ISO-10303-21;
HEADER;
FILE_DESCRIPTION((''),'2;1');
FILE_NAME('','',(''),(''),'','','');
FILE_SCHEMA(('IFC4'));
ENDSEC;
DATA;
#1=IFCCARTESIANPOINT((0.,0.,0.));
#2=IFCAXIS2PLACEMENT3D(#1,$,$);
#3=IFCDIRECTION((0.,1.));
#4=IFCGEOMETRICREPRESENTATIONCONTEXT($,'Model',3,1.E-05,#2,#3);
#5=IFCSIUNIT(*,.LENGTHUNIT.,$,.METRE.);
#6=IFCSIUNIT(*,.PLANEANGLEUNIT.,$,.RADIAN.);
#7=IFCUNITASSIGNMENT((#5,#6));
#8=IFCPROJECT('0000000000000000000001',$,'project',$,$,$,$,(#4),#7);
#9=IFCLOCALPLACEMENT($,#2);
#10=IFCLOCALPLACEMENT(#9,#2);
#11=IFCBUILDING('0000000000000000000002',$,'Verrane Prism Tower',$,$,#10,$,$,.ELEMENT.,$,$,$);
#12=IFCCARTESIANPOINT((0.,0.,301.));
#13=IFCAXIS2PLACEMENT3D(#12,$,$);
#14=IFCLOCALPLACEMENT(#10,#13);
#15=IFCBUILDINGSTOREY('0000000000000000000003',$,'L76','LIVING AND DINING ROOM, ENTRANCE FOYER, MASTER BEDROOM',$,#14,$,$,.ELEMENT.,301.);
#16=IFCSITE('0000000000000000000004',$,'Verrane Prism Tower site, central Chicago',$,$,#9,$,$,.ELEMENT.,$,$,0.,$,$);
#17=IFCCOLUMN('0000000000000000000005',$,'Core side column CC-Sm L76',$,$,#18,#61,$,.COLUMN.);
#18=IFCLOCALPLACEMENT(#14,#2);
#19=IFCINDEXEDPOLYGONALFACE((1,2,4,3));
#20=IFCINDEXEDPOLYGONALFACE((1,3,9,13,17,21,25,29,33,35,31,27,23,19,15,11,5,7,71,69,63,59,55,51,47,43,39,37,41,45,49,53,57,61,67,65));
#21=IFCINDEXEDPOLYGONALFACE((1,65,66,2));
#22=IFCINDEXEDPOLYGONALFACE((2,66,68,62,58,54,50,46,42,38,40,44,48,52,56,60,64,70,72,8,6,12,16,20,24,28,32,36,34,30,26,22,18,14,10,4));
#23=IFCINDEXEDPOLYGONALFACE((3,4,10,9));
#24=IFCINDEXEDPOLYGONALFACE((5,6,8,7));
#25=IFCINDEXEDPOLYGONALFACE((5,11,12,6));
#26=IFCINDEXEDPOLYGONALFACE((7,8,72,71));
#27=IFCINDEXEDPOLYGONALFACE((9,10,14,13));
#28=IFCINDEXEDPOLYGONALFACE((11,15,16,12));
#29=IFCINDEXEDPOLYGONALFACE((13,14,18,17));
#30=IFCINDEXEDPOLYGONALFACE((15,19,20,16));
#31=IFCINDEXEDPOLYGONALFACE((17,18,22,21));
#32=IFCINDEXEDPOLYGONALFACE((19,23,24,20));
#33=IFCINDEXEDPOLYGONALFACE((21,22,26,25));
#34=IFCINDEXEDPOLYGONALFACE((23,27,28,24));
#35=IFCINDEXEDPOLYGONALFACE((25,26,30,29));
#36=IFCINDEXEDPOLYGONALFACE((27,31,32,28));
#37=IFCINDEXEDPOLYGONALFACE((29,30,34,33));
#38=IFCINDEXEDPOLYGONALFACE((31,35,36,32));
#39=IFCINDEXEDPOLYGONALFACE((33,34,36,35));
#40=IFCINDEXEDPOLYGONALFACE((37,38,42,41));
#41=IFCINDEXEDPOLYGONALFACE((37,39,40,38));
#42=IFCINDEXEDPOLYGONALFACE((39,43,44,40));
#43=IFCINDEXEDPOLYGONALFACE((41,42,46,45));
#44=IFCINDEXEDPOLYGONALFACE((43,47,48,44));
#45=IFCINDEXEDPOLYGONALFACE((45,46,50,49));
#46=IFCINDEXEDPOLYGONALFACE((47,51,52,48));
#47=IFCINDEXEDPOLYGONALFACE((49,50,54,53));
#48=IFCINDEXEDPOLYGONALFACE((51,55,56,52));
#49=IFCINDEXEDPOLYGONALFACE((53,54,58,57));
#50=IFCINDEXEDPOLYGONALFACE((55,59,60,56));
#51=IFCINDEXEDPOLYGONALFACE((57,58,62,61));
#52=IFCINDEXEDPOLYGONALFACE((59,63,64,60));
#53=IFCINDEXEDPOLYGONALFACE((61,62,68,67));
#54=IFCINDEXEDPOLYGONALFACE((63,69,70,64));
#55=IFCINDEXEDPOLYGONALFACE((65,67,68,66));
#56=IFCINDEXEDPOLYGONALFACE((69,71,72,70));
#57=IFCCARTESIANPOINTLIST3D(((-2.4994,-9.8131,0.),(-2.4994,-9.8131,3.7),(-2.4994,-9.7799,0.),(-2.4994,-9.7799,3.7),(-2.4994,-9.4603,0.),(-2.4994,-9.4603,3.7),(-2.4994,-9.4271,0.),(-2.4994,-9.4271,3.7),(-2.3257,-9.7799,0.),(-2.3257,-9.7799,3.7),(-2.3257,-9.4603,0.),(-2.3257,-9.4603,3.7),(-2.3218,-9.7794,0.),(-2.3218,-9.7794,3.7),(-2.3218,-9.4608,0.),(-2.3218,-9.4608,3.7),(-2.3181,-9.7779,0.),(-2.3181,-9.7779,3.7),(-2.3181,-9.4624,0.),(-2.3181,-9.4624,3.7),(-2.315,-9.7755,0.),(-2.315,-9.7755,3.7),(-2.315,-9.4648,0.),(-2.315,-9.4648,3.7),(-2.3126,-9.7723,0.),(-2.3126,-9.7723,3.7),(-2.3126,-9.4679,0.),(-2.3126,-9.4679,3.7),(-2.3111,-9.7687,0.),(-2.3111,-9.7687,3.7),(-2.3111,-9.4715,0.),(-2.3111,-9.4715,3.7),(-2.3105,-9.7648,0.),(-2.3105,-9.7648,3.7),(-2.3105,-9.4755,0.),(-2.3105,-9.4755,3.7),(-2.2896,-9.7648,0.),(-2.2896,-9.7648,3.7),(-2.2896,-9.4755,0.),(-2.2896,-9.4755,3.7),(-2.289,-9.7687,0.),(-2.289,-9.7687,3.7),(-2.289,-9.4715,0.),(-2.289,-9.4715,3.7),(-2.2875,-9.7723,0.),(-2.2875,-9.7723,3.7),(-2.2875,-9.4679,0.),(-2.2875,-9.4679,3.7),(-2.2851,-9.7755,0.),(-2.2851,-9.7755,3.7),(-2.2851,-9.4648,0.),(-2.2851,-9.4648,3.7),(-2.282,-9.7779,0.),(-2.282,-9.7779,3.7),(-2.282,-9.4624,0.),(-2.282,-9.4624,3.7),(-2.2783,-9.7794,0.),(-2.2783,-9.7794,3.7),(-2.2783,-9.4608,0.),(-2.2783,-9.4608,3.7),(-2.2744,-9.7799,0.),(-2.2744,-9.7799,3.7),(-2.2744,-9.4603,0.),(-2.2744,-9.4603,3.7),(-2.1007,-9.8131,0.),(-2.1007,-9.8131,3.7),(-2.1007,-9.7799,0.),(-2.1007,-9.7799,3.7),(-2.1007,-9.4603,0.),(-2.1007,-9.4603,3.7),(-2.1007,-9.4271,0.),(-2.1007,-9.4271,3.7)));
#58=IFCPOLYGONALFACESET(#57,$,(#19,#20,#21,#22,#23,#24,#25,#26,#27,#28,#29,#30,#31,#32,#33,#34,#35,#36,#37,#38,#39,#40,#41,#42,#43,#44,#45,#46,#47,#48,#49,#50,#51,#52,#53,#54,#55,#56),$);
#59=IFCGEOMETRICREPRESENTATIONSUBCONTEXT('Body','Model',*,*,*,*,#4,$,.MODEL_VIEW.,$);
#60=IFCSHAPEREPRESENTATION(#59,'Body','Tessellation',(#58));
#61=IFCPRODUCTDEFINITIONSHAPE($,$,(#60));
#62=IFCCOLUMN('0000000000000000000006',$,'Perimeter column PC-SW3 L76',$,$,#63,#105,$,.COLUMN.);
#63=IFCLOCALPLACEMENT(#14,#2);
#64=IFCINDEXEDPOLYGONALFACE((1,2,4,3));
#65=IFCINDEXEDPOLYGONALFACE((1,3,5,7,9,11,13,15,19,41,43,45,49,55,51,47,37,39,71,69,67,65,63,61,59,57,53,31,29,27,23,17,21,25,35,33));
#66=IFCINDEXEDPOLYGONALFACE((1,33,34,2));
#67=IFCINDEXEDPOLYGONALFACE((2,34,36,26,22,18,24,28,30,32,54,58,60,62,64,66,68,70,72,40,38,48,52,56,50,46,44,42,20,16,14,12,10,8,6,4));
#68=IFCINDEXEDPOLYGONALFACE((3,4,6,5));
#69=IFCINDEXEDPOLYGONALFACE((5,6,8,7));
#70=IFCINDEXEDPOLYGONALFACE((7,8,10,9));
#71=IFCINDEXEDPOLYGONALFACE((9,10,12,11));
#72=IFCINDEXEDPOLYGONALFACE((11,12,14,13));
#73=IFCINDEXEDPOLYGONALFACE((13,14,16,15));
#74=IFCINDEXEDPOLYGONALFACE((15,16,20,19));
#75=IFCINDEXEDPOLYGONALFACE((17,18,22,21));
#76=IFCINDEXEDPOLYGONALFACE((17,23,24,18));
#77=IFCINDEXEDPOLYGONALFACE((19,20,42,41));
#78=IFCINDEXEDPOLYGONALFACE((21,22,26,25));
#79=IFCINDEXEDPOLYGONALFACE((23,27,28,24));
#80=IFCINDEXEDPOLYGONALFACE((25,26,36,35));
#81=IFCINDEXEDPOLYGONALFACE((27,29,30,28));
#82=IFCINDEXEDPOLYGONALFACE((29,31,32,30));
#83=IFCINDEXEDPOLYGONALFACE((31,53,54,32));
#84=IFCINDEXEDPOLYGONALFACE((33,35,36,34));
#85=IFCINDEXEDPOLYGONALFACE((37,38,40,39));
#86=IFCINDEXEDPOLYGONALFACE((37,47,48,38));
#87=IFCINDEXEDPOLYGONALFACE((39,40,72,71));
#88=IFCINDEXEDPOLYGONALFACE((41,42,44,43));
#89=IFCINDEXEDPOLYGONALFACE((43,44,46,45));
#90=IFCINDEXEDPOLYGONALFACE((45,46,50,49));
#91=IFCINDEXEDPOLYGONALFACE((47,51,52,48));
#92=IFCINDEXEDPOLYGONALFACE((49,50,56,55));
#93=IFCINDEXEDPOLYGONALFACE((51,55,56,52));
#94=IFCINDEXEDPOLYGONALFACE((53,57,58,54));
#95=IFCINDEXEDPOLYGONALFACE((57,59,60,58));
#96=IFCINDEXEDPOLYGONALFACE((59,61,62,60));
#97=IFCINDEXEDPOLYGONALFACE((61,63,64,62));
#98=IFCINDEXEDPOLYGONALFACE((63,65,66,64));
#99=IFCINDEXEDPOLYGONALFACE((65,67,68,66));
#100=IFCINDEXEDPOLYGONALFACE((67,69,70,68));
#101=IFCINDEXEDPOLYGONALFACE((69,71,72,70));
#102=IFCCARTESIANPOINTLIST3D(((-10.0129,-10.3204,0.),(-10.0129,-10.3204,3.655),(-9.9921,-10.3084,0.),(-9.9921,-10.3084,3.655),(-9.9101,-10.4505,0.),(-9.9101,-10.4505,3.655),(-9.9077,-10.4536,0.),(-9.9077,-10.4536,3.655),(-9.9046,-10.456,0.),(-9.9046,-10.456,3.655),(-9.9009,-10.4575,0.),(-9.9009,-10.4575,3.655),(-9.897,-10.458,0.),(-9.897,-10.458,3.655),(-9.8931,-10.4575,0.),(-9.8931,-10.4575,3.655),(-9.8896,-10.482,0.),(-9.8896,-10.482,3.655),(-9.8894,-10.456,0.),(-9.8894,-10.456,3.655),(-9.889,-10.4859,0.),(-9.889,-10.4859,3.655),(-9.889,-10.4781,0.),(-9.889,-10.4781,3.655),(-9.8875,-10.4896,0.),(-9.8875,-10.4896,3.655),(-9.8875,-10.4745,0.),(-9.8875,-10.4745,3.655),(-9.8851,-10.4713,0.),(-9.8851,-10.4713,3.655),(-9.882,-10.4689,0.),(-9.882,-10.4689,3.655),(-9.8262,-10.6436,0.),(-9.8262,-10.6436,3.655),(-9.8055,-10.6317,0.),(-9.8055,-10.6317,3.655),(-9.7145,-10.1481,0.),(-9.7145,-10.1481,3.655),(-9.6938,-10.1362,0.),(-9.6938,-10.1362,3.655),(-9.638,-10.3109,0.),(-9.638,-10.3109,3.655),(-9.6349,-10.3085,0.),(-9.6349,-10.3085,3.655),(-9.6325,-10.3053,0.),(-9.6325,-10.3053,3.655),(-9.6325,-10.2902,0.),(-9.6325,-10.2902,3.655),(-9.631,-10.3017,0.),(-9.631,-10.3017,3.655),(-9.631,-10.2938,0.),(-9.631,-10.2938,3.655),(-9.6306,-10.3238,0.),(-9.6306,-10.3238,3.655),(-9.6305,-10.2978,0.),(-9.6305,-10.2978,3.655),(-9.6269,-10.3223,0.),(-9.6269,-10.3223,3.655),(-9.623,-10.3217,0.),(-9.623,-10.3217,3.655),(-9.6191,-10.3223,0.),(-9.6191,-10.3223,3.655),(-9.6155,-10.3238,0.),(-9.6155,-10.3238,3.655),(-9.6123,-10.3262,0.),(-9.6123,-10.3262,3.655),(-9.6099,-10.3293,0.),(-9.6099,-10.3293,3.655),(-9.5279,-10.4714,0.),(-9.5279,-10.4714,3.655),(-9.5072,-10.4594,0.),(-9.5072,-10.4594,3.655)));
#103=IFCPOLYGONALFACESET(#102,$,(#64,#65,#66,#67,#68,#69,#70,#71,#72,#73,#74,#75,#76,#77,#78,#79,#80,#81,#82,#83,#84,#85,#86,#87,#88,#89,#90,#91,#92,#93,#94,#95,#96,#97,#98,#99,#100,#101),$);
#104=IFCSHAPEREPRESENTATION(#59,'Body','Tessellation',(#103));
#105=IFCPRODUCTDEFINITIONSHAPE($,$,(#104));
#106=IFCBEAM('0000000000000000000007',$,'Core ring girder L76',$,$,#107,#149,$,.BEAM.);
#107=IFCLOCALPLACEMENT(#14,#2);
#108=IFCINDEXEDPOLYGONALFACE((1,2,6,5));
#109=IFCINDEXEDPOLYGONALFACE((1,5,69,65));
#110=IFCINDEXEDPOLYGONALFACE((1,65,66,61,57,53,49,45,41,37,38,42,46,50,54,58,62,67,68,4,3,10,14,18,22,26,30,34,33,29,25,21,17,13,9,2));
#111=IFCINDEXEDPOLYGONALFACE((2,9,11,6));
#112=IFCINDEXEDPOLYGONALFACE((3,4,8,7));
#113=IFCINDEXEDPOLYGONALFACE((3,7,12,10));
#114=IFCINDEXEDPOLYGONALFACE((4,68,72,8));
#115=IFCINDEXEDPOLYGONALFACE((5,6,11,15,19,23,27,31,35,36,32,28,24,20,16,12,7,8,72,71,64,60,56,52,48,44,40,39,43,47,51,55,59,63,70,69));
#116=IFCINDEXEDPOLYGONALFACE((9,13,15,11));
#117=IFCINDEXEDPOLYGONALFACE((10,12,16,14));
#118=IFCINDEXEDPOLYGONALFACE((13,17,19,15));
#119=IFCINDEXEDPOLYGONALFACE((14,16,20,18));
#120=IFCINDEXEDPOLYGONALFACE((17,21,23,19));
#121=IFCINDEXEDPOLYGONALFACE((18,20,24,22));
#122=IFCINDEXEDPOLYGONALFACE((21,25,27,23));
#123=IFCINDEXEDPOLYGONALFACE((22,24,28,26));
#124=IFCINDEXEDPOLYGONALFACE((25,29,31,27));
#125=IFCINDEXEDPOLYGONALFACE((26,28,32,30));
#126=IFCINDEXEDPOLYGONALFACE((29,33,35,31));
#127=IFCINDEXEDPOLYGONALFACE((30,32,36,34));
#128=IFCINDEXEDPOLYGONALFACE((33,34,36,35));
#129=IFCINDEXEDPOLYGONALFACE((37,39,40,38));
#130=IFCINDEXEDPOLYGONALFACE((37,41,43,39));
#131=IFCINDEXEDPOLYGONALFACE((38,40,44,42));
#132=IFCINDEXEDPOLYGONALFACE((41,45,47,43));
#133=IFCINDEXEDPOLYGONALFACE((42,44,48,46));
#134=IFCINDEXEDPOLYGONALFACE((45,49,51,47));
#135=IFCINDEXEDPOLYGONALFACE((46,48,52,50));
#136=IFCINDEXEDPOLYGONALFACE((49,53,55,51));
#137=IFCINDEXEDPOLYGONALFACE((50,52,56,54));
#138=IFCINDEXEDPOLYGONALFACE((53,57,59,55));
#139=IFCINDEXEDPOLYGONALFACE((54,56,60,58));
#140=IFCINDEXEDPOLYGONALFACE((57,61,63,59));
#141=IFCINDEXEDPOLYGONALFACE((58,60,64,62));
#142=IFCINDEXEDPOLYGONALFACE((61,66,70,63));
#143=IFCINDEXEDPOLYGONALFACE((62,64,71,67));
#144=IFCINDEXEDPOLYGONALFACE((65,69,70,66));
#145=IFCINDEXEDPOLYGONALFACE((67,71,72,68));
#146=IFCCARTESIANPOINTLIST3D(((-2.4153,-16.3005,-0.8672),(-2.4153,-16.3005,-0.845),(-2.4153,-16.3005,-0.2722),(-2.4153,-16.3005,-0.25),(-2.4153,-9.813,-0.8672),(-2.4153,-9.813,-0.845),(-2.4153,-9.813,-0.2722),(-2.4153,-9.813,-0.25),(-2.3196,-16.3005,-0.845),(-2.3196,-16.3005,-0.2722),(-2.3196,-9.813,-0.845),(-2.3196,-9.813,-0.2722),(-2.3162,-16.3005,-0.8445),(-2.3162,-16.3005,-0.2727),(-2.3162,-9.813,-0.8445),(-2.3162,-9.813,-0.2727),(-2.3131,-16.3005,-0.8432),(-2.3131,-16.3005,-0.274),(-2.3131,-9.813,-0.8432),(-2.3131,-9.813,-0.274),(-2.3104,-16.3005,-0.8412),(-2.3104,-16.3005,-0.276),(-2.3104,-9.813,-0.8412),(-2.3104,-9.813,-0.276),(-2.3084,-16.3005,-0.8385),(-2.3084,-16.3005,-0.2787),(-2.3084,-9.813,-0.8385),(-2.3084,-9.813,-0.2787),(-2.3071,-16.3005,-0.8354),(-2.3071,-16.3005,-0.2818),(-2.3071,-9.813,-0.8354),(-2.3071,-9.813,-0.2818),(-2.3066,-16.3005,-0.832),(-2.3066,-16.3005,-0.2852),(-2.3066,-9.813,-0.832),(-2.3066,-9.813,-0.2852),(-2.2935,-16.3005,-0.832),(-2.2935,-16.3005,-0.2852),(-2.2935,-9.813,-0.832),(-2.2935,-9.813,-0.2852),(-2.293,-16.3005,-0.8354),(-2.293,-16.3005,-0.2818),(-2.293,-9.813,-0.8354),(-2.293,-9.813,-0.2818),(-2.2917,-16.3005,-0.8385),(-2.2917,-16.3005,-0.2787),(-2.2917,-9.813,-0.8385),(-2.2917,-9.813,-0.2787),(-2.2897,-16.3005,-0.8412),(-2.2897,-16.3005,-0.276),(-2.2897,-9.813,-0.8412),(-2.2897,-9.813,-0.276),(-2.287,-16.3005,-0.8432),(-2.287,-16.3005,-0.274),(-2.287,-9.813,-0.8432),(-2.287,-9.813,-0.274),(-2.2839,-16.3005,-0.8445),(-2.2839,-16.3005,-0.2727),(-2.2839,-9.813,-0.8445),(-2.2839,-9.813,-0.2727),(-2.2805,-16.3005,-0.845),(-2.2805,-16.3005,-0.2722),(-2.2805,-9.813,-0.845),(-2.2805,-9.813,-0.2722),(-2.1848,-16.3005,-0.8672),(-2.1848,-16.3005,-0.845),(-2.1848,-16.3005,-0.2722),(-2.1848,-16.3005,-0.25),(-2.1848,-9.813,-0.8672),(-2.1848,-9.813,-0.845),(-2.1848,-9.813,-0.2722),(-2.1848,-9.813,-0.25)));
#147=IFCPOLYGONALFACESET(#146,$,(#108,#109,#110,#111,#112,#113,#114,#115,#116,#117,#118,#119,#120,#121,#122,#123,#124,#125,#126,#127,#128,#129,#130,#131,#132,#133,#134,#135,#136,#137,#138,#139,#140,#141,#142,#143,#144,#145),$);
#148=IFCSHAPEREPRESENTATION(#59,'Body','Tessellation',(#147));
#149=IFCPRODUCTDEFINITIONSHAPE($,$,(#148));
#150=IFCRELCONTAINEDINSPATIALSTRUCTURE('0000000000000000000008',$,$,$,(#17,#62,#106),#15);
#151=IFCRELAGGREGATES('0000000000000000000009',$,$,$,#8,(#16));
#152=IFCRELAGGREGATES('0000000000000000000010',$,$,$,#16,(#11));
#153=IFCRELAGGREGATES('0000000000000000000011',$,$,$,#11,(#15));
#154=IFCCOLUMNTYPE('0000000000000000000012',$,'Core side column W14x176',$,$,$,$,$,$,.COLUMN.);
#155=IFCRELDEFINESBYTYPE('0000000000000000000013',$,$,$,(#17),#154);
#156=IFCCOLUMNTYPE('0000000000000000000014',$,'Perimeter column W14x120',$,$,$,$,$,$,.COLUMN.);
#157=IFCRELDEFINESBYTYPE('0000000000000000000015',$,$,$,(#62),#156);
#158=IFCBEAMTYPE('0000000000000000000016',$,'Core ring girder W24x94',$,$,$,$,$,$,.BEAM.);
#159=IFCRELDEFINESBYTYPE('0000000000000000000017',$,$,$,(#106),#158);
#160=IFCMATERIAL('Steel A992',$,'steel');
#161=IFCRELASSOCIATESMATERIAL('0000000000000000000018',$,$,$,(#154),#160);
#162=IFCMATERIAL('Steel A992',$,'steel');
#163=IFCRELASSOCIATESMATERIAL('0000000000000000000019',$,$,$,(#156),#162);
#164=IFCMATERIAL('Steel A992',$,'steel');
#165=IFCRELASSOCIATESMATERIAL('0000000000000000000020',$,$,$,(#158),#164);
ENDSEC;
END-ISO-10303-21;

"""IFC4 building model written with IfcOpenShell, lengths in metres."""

from ifc_helpers import new_model, si_unit, direction, frame, origin, origin_2d, place, context, subcontext, project, spatial, i_section, extrude, material, material_profile, profile_set, type_object, element, save


model = new_model("IFC4")

# Units and contexts
model_context = context("Model", 3, precision=1e-05, world=origin(), true_north=direction((0.0, 1.0)))
body_context = subcontext(model_context, "Body", "Model", "MODEL_VIEW")
ifc_project = project(units=[si_unit("LENGTHUNIT", "METRE"), si_unit("PLANEANGLEUNIT", "RADIAN")], contexts=[model_context])

# Site, building, storey
site_placement = place(None, origin())
site = spatial("IfcSite", under=ifc_project, at=site_placement, Name="Verrane Prism Tower site, central Chicago", CompositionType="ELEMENT", RefElevation=0.0)
building_placement = place(site_placement, origin())
building = spatial("IfcBuilding", under=site, at=building_placement, Name="Verrane Prism Tower", CompositionType="ELEMENT")
storey_placement = place(building_placement, frame((0.0, 0.0, 301.0)))
storey = spatial("IfcBuildingStorey", under=building, at=storey_placement, Name="L76", Description="LIVING AND DINING ROOM, ENTRANCE FOYER, MASTER BEDROOM", CompositionType="ELEMENT", Elevation=301.0)

# Columns
ifc_material_1 = material(Name="Steel A992", Category="steel")
ifc_material_profile_1 = material_profile(ifc_material_1, i_section(OverallWidth=0.3987, OverallDepth=0.386, WebThickness=0.021, FlangeThickness=0.0332, FilletRadius=0.0151, at=origin_2d()), Name="W14x176")
ifc_profile_set_1 = profile_set([ifc_material_profile_1], Name="Steel A992")
column_type_1 = type_object("IfcColumnType", Name="Core side column W14x176", PredefinedType="COLUMN", material=ifc_profile_set_1)
column_1_placement = place(storey_placement, frame((-2.3, -9.6201, 0.0), z_axis=(0.0, 0.0, 1.0), x_axis=(1.0, 0.0, 0.0)))
element("IfcColumn", 1, at=column_1_placement, inside=storey, type_object=column_type_1, Name="Core side column CC-Sm L76", PredefinedType="COLUMN", context=body_context, shape_type="SweptSolid", body=[
    extrude(i_section(OverallWidth=0.3987, OverallDepth=0.386, WebThickness=0.021, FlangeThickness=0.0332, FilletRadius=0.0151, at=origin_2d()), origin(), (0.0, 0.0, 1.0), 3.7),
])
ifc_material_2 = material(Name="Steel A992", Category="steel")
ifc_material_profile_2 = material_profile(ifc_material_2, i_section(OverallWidth=0.3733, OverallDepth=0.3684, WebThickness=0.0149, FlangeThickness=0.0239, FilletRadius=0.0151, at=origin_2d()), Name="W14x120")
ifc_profile_set_2 = profile_set([ifc_material_profile_2], Name="Steel A992")
column_type_2 = type_object("IfcColumnType", Name="Perimeter column W14x120", PredefinedType="COLUMN", material=ifc_profile_set_2)
column_2_placement = place(storey_placement, frame((-9.76, -10.3899, 0.0), z_axis=(0.0, 0.0, 1.0), x_axis=(-0.5, 0.866025, 0.0)))
element("IfcColumn", 2, at=column_2_placement, inside=storey, type_object=column_type_2, Name="Perimeter column PC-SW3 L76", PredefinedType="COLUMN", context=body_context, shape_type="SweptSolid", body=[
    extrude(i_section(OverallWidth=0.3733, OverallDepth=0.3684, WebThickness=0.0149, FlangeThickness=0.0239, FilletRadius=0.0151, at=origin_2d()), origin(), (0.0, 0.0, 1.0), 3.655),
])

# Beam
ifc_material_3 = material(Name="Steel A992", Category="steel")
ifc_material_profile_3 = material_profile(ifc_material_3, i_section(OverallWidth=0.2305, OverallDepth=0.6172, WebThickness=0.0132, FlangeThickness=0.0222, FilletRadius=0.0129, at=origin_2d()), Name="W24x94")
ifc_profile_set_3 = profile_set([ifc_material_profile_3], Name="Steel A992")
beam_type_1 = type_object("IfcBeamType", Name="Core ring girder W24x94", PredefinedType="BEAM", material=ifc_profile_set_3)
beam_1_placement = place(storey_placement, frame((-2.3, -9.813, -0.5586), z_axis=(0.0, -1.0, 0.0), x_axis=(1.0, 0.0, 0.0)))
element("IfcBeam", 3, at=beam_1_placement, inside=storey, type_object=beam_type_1, Name="Core ring girder L76", PredefinedType="BEAM", context=body_context, shape_type="SweptSolid", body=[
    extrude(i_section(OverallWidth=0.2305, OverallDepth=0.6172, WebThickness=0.0132, FlangeThickness=0.0222, FilletRadius=0.0129, at=origin_2d()), origin(), (0.0, 0.0, 1.0), 6.4875),
])

save(model, "model.ifc")
